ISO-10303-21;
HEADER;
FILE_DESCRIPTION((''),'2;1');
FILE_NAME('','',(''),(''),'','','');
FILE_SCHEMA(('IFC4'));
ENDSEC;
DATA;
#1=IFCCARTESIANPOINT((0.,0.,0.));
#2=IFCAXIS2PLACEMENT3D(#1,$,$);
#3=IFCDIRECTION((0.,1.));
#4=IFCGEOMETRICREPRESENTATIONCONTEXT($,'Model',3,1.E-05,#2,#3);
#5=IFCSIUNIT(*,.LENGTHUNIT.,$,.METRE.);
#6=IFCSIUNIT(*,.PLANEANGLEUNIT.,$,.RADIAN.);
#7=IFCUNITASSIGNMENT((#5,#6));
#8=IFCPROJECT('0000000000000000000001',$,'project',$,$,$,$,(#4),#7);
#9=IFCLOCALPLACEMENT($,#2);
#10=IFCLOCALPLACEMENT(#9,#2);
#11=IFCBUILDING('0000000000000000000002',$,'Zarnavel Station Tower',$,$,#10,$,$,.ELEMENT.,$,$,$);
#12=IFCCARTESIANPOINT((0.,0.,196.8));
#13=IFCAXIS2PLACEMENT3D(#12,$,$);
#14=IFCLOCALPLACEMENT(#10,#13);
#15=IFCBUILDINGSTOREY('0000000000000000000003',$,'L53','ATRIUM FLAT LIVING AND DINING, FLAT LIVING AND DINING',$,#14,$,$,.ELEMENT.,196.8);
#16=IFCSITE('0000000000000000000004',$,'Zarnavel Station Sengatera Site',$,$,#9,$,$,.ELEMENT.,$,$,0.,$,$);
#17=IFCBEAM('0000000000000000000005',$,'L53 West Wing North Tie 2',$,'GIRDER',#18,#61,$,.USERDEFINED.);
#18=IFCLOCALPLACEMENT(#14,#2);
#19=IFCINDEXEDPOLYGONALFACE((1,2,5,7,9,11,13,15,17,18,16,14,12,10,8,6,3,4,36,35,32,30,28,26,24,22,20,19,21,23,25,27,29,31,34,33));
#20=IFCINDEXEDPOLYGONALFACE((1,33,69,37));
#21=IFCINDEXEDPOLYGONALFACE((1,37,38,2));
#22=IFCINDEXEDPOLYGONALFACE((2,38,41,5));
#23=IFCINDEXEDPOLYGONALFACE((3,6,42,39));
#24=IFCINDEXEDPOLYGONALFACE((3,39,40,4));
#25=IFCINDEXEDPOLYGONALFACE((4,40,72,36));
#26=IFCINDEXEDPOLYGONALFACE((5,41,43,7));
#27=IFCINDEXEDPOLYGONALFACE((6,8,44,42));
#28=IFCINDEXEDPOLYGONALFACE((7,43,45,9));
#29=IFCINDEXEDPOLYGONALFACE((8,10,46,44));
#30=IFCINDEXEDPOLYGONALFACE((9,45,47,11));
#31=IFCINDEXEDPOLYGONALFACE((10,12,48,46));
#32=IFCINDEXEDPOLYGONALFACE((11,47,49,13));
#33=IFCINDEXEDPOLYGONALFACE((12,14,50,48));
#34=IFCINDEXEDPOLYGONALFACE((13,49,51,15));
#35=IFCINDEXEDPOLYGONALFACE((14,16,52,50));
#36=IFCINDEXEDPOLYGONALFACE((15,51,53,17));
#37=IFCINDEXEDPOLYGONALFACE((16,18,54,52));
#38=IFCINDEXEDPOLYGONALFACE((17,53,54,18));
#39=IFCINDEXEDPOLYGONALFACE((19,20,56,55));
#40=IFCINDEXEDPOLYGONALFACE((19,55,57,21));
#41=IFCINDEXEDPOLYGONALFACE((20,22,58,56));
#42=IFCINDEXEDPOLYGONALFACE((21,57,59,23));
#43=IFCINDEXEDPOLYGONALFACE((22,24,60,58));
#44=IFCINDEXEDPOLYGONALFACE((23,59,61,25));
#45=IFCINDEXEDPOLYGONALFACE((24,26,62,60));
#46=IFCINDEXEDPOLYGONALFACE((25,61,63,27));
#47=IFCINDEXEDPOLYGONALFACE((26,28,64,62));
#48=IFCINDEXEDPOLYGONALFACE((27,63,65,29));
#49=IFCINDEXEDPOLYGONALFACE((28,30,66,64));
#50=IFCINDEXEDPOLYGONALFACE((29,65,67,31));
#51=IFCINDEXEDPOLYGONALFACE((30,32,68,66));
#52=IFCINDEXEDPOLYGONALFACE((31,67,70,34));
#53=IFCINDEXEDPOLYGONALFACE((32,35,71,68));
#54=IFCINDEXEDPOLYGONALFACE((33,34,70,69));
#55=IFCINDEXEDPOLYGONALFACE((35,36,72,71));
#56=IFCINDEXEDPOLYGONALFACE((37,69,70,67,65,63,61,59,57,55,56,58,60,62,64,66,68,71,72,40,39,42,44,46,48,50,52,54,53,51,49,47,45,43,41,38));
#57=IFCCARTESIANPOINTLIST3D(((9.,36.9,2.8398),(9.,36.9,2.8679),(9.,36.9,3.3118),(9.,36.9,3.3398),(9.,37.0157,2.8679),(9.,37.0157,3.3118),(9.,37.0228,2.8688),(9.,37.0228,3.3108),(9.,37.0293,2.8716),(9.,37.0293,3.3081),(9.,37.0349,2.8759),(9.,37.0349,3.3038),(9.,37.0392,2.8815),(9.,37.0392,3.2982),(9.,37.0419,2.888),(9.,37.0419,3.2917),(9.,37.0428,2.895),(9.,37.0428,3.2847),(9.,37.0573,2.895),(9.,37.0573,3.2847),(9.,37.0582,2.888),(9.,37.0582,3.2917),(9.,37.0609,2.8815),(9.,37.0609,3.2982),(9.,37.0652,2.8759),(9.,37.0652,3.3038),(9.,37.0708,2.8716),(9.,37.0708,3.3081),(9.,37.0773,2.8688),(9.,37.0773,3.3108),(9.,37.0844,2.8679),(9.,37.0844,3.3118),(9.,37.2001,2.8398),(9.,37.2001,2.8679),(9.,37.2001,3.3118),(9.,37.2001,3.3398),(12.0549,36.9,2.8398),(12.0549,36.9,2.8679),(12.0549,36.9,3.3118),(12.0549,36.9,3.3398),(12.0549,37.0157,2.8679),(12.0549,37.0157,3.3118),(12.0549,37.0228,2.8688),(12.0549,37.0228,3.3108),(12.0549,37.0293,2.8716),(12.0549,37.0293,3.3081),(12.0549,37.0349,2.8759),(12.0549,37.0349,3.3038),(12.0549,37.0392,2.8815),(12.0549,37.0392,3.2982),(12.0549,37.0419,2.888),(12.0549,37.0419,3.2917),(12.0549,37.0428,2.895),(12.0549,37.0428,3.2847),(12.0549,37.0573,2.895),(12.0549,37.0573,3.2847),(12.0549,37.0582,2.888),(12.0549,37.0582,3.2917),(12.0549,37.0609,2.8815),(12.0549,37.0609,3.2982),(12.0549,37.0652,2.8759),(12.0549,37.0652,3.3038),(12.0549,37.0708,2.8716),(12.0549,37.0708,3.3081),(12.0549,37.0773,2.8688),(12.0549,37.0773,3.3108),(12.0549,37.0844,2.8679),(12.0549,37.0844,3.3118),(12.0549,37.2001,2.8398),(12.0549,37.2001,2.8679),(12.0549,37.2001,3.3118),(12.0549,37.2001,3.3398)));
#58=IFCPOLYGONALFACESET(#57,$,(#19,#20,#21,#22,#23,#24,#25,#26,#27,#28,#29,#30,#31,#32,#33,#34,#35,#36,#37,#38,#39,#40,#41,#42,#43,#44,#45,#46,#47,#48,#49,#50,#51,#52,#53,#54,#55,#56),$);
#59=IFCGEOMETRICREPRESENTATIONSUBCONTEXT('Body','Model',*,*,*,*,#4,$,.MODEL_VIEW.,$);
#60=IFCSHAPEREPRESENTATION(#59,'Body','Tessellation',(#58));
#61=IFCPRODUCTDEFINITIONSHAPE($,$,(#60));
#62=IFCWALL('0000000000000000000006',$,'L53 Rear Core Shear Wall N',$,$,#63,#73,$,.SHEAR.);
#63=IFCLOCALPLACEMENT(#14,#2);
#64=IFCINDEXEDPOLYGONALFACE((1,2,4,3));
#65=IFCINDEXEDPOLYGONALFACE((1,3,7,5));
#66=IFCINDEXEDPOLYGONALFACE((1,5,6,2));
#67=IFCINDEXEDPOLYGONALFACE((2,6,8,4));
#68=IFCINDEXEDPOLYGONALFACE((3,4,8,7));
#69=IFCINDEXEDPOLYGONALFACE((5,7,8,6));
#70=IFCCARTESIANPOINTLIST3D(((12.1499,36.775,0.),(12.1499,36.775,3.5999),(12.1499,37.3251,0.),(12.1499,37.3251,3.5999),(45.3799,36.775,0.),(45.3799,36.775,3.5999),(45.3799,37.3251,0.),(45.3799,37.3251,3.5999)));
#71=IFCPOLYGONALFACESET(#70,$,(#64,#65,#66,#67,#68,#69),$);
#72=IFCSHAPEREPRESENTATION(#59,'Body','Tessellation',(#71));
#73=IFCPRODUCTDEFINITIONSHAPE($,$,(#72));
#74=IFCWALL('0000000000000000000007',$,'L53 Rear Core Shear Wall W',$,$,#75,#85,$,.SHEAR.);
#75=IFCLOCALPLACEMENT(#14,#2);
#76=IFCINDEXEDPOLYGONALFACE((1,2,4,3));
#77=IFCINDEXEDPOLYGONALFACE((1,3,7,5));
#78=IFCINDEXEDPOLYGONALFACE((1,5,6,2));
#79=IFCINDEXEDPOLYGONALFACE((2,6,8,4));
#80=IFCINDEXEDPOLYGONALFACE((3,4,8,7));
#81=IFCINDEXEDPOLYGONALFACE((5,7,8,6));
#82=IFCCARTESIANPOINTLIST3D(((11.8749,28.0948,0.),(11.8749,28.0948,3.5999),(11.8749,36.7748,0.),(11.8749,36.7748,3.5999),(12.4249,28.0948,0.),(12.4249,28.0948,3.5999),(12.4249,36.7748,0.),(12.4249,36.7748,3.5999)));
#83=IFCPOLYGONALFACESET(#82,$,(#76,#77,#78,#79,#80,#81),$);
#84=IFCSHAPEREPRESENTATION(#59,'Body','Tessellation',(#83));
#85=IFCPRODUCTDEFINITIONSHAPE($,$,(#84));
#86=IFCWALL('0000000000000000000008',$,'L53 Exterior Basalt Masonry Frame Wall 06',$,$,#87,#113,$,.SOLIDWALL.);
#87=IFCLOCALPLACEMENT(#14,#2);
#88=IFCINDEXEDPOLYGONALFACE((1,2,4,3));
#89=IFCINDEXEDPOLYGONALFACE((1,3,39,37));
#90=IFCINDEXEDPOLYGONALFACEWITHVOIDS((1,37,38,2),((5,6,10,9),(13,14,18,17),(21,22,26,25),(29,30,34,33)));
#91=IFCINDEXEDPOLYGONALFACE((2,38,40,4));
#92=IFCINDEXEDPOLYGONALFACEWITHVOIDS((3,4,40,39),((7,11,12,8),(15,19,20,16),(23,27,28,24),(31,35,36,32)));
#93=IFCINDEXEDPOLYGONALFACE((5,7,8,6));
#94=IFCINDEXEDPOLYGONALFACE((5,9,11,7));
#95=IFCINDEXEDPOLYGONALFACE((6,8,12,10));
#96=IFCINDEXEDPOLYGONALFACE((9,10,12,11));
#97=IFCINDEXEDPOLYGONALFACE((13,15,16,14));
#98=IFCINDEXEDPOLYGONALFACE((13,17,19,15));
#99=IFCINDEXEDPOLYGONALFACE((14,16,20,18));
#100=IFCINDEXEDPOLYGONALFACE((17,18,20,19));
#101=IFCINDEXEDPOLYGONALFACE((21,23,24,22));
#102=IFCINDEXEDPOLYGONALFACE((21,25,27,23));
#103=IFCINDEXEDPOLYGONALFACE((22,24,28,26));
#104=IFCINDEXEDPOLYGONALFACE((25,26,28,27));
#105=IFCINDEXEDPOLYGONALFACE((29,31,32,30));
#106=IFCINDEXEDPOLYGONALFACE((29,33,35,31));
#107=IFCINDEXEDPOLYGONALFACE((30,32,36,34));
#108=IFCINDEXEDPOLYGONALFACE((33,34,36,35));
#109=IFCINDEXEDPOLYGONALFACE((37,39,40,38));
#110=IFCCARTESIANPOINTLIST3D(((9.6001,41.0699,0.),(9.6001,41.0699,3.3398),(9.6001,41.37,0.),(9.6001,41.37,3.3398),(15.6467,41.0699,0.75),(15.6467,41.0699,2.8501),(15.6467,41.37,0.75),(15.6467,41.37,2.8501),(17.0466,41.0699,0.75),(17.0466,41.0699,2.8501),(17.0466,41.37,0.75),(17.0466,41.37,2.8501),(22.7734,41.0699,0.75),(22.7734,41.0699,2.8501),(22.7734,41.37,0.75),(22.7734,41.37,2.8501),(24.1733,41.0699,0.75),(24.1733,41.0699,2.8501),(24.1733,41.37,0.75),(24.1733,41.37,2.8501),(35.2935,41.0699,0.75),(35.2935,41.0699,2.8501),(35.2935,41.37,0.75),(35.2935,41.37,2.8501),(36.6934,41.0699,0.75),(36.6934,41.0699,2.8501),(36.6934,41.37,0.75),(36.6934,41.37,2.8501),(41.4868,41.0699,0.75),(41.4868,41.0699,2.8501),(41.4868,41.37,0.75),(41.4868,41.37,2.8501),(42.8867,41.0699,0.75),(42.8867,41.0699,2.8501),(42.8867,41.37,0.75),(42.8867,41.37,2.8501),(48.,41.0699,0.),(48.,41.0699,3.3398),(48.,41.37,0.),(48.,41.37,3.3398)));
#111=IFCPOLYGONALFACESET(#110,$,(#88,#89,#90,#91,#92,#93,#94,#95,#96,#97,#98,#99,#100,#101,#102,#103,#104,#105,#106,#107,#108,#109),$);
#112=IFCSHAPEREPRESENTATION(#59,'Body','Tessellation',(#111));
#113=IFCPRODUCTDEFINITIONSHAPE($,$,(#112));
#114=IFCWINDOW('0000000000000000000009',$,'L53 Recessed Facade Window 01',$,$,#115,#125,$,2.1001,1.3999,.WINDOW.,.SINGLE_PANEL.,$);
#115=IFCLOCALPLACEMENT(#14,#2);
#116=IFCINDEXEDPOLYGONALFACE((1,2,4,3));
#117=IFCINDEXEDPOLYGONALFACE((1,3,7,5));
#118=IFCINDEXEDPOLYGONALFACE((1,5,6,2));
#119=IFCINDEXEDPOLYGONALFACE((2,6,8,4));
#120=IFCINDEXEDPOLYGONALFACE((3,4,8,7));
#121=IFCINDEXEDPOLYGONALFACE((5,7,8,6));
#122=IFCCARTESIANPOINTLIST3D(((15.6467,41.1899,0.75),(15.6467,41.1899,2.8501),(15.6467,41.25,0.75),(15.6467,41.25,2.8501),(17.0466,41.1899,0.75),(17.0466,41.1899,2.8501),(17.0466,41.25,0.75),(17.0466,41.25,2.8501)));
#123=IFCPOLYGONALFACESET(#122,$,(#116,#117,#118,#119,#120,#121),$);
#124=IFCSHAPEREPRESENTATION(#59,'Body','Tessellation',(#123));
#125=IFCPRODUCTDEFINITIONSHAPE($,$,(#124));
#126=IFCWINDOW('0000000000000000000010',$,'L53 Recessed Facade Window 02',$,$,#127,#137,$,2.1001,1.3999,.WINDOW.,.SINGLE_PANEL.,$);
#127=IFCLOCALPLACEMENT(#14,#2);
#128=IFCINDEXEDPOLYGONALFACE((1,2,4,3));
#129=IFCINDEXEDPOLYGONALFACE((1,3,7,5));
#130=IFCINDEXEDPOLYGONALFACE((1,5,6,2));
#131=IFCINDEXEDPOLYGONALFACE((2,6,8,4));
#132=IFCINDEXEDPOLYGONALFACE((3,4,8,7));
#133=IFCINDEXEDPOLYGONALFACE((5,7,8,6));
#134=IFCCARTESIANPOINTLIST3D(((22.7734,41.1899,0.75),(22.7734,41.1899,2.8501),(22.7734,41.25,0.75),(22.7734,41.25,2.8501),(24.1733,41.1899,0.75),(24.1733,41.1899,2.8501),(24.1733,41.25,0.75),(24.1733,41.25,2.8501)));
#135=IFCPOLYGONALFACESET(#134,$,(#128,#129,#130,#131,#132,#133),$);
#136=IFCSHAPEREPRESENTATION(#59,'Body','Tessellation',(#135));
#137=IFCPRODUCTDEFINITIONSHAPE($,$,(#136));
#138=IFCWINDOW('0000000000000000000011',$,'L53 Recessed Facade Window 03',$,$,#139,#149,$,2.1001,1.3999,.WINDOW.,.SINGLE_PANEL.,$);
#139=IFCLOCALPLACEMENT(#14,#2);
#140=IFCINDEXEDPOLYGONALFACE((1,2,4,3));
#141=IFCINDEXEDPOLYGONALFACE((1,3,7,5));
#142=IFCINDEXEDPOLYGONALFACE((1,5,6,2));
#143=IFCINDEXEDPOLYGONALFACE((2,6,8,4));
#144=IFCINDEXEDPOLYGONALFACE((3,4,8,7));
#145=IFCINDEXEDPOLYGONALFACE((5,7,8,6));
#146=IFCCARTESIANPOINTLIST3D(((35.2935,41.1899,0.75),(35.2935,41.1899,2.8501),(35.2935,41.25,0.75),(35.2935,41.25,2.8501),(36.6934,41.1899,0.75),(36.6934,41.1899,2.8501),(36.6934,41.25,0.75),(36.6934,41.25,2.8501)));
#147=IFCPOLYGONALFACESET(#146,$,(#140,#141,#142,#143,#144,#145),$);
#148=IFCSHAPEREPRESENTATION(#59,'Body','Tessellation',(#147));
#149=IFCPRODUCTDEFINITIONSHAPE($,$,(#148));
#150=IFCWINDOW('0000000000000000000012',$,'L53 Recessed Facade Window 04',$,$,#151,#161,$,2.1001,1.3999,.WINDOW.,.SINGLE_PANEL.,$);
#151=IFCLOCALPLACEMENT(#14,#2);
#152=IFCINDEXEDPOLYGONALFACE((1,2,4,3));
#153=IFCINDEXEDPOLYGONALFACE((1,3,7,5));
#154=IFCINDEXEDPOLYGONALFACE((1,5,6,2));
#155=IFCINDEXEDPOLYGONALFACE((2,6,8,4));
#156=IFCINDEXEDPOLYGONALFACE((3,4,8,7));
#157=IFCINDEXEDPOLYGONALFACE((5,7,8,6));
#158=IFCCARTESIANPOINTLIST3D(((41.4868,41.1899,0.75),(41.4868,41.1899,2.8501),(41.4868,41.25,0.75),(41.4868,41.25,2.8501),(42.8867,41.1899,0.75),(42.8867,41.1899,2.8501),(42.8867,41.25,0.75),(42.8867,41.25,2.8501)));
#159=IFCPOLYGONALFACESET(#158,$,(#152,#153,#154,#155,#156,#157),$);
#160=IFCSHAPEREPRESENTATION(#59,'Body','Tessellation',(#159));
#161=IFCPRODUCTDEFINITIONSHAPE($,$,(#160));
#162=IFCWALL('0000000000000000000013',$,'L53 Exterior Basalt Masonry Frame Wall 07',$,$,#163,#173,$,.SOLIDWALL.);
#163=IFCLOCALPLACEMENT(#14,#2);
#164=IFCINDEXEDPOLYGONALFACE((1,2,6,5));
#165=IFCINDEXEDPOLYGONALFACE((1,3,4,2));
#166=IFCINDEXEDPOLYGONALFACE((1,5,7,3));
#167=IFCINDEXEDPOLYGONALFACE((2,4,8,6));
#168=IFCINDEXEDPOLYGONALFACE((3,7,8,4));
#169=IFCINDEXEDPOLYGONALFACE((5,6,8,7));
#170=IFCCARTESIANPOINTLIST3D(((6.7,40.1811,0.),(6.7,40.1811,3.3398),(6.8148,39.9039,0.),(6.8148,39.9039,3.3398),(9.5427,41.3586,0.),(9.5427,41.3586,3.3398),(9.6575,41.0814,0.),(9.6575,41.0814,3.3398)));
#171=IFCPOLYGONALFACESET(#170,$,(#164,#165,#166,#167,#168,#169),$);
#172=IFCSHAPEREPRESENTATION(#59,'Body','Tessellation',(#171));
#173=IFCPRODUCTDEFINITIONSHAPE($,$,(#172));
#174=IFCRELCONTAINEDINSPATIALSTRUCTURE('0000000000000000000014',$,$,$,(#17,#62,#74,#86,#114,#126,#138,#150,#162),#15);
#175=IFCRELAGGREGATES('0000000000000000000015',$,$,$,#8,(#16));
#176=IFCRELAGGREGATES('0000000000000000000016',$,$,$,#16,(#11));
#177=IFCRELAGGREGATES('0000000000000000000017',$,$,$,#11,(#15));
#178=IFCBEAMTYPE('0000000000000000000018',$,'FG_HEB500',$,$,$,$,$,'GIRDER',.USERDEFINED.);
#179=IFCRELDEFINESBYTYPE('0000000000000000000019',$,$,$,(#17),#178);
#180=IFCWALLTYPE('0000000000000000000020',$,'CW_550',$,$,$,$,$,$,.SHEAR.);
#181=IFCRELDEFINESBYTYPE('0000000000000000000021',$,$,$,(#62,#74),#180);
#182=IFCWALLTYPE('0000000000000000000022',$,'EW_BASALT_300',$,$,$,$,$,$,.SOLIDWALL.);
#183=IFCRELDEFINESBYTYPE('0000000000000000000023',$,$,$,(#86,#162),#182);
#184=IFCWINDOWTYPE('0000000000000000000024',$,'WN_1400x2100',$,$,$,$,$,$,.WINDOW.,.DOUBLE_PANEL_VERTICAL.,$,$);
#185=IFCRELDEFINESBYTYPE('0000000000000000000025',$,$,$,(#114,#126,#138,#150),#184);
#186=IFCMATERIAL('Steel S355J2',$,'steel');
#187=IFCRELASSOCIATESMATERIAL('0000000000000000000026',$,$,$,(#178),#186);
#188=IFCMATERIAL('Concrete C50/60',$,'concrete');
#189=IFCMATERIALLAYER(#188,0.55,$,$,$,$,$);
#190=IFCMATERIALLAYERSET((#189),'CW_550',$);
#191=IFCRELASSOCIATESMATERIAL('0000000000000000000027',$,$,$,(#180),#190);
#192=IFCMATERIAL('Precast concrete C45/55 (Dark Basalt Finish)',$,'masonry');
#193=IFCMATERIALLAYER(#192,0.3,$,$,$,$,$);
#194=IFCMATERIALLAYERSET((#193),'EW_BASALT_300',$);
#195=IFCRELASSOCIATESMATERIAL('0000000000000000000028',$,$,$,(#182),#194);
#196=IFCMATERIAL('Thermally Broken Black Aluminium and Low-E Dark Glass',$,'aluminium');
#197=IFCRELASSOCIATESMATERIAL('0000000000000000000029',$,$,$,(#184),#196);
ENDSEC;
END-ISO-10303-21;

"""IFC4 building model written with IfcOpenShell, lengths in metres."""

from ifc_helpers import new_model, si_unit, direction, frame, frame_2d, origin, origin_2d, place, context, subcontext, project, spatial, rectangle, i_section, extrude, material, layer, layer_set, material_profile, profile_set, type_object, element, fill, save


model = new_model("IFC4")

# Units and contexts
model_context = context("Model", 3, precision=1e-05, world=origin(), true_north=direction((0.0, 1.0)))
body_context = subcontext(model_context, "Body", "Model", "MODEL_VIEW")
ifc_project = project(units=[si_unit("LENGTHUNIT", "METRE"), si_unit("PLANEANGLEUNIT", "RADIAN")], contexts=[model_context])

# Site, building, storey
site_placement = place(None, origin())
site = spatial("IfcSite", under=ifc_project, at=site_placement, Name="Zarnavel Station Sengatera Site", CompositionType="ELEMENT", RefElevation=0.0)
building_placement = place(site_placement, origin())
building = spatial("IfcBuilding", under=site, at=building_placement, Name="Zarnavel Station Tower", CompositionType="ELEMENT")
storey_placement = place(building_placement, frame((0.0, 0.0, 196.8)))
storey = spatial("IfcBuildingStorey", under=building, at=storey_placement, Name="L53", Description="ATRIUM FLAT LIVING AND DINING, FLAT LIVING AND DINING", CompositionType="ELEMENT", Elevation=196.8)

# Beam
ifc_material_1 = material(Name="Steel S355J2", Category="steel")
ifc_material_profile_1 = material_profile(ifc_material_1, i_section(OverallWidth=0.3, OverallDepth=0.5, WebThickness=0.0144, FlangeThickness=0.0281, FilletRadius=0.0271, at=origin_2d()), Name="HEB500")
ifc_profile_set_1 = profile_set([ifc_material_profile_1], Name="Steel S355J2")
beam_type = type_object("IfcBeamType", Name="FG_HEB500", ElementType="GIRDER", PredefinedType="USERDEFINED", material=ifc_profile_set_1)
beam_1_placement = place(storey_placement, frame((9.0, 37.05, 3.0898), z_axis=(1.0, 0.0, 0.0), x_axis=(0.0, 1.0, 0.0)))
element("IfcBeam", 1, at=beam_1_placement, inside=storey, type_object=beam_type, Name="L53 West Wing North Tie 2", ObjectType="GIRDER", PredefinedType="USERDEFINED", context=body_context, shape_type="SweptSolid", body=[
    extrude(i_section(OverallWidth=0.3, OverallDepth=0.5, WebThickness=0.0144, FlangeThickness=0.0281, FilletRadius=0.0271, at=origin_2d()), origin(), (0.0, 0.0, 1.0), 3.0549),
])

# Walls
ifc_material_2 = material(Name="Concrete C50/60", Category="concrete")
ifc_layer_1 = layer(ifc_material_2, 0.55)
ifc_layer_set_1 = layer_set([ifc_layer_1], Name="CW_550")
wall_type_1 = type_object("IfcWallType", Name="CW_550", PredefinedType="SHEAR", material=ifc_layer_set_1)
wall_1_placement = place(storey_placement, frame((12.1499, 37.05, 0.0), z_axis=(0.0, 0.0, 1.0), x_axis=(1.0, 0.0, 0.0)))
element("IfcWall", 2, at=wall_1_placement, inside=storey, type_object=wall_type_1, Name="L53 Rear Core Shear Wall N", PredefinedType="SHEAR", context=body_context, shape_type="SweptSolid", body=[
    extrude(rectangle(XDim=33.23, YDim=0.55, at=frame_2d((16.615, 0.0))), origin(), (0.0, 0.0, 1.0), 3.5999),
])
wall_2_placement = place(storey_placement, frame((12.1499, 28.095, 0.0), z_axis=(0.0, 0.0, 1.0), x_axis=(0.0, 1.0, 0.0)))
element("IfcWall", 3, at=wall_2_placement, inside=storey, type_object=wall_type_1, Name="L53 Rear Core Shear Wall W", PredefinedType="SHEAR", context=body_context, shape_type="SweptSolid", body=[
    extrude(rectangle(XDim=8.6799, YDim=0.55, at=frame_2d((4.3398, 0.0))), origin(), (0.0, 0.0, 1.0), 3.5999),
])

# Wall, openings, windows
ifc_material_3 = material(Name="Precast concrete C45/55 (Dark Basalt Finish)", Category="masonry")
ifc_layer_2 = layer(ifc_material_3, 0.3)
ifc_layer_set_2 = layer_set([ifc_layer_2], Name="EW_BASALT_300")
wall_type_2 = type_object("IfcWallType", Name="EW_BASALT_300", PredefinedType="SOLIDWALL", material=ifc_layer_set_2)
wall_3_placement = place(storey_placement, frame((9.6001, 41.22, 0.0), z_axis=(0.0, 0.0, 1.0), x_axis=(1.0, 0.0, 0.0)))
wall_3 = element("IfcWall", 4, at=wall_3_placement, inside=storey, type_object=wall_type_2, Name="L53 Exterior Basalt Masonry Frame Wall 06", PredefinedType="SOLIDWALL", context=body_context, shape_type="SweptSolid", body=[
    extrude(rectangle(XDim=38.3999, YDim=0.3, at=frame_2d((19.2, 0.0))), origin(), (0.0, 0.0, 1.0), 3.3398),
])
opening_1_placement = place(wall_3_placement, frame((6.0466, 0.0, 0.75)))
opening_1 = element("IfcOpeningElement", 5, at=opening_1_placement, cuts=wall_3, PredefinedType="OPENING", context=body_context, shape_type="SweptSolid", body=[
    extrude(rectangle(XDim=1.3999, YDim=2.1001, at=frame_2d((0.7, 1.05))), frame((0.0, 0.1599, 0.0), z_axis=(0.0, -1.0, 0.0), x_axis=(1.0, 0.0, 0.0)), (0.0, 0.0, 1.0), 0.3201),
])
opening_2_placement = place(wall_3_placement, frame((13.1733, 0.0, 0.75)))
opening_2 = element("IfcOpeningElement", 6, at=opening_2_placement, cuts=wall_3, PredefinedType="OPENING", context=body_context, shape_type="SweptSolid", body=[
    extrude(rectangle(XDim=1.3999, YDim=2.1001, at=frame_2d((0.7, 1.05))), frame((0.0, 0.1599, 0.0), z_axis=(0.0, -1.0, 0.0), x_axis=(1.0, 0.0, 0.0)), (0.0, 0.0, 1.0), 0.3201),
])
opening_3_placement = place(wall_3_placement, frame((25.6934, 0.0, 0.75)))
opening_3 = element("IfcOpeningElement", 7, at=opening_3_placement, cuts=wall_3, PredefinedType="OPENING", context=body_context, shape_type="SweptSolid", body=[
    extrude(rectangle(XDim=1.3999, YDim=2.1001, at=frame_2d((0.7, 1.05))), frame((0.0, 0.1599, 0.0), z_axis=(0.0, -1.0, 0.0), x_axis=(1.0, 0.0, 0.0)), (0.0, 0.0, 1.0), 0.3201),
])
opening_4_placement = place(wall_3_placement, frame((31.8867, 0.0, 0.75)))
opening_4 = element("IfcOpeningElement", 8, at=opening_4_placement, cuts=wall_3, PredefinedType="OPENING", context=body_context, shape_type="SweptSolid", body=[
    extrude(rectangle(XDim=1.3999, YDim=2.1001, at=frame_2d((0.7, 1.05))), frame((0.0, 0.1599, 0.0), z_axis=(0.0, -1.0, 0.0), x_axis=(1.0, 0.0, 0.0)), (0.0, 0.0, 1.0), 0.3201),
])
ifc_material_4 = material(Name="Thermally Broken Black Aluminium and Low-E Dark Glass", Category="aluminium")
window_type = type_object("IfcWindowType", Name="WN_1400x2100", PartitioningType="DOUBLE_PANEL_VERTICAL", PredefinedType="WINDOW", material=ifc_material_4)
window_1_placement = place(opening_1_placement, origin())
window_1 = element("IfcWindow", 9, at=window_1_placement, inside=storey, type_object=window_type, Name="L53 Recessed Facade Window 01", OverallHeight=2.1001, OverallWidth=1.3999, PartitioningType="SINGLE_PANEL", PredefinedType="WINDOW", context=body_context, shape_type="SweptSolid", body=[
    extrude(rectangle(XDim=1.3999, YDim=2.1001, at=frame_2d((0.7, 1.05))), frame((0.0, 0.03, 0.0), z_axis=(0.0, -1.0, 0.0), x_axis=(1.0, 0.0, 0.0)), (0.0, 0.0, 1.0), 0.0601),
])
fill(opening_1, window_1)
window_2_placement = place(opening_2_placement, origin())
window_2 = element("IfcWindow", 10, at=window_2_placement, inside=storey, type_object=window_type, Name="L53 Recessed Facade Window 02", OverallHeight=2.1001, OverallWidth=1.3999, PartitioningType="SINGLE_PANEL", PredefinedType="WINDOW", context=body_context, shape_type="SweptSolid", body=[
    extrude(rectangle(XDim=1.3999, YDim=2.1001, at=frame_2d((0.7, 1.05))), frame((0.0, 0.03, 0.0), z_axis=(0.0, -1.0, 0.0), x_axis=(1.0, 0.0, 0.0)), (0.0, 0.0, 1.0), 0.0601),
])
fill(opening_2, window_2)
window_3_placement = place(opening_3_placement, origin())
window_3 = element("IfcWindow", 11, at=window_3_placement, inside=storey, type_object=window_type, Name="L53 Recessed Facade Window 03", OverallHeight=2.1001, OverallWidth=1.3999, PartitioningType="SINGLE_PANEL", PredefinedType="WINDOW", context=body_context, shape_type="SweptSolid", body=[
    extrude(rectangle(XDim=1.3999, YDim=2.1001, at=frame_2d((0.7, 1.05))), frame((0.0, 0.03, 0.0), z_axis=(0.0, -1.0, 0.0), x_axis=(1.0, 0.0, 0.0)), (0.0, 0.0, 1.0), 0.0601),
])
fill(opening_3, window_3)
window_4_placement = place(opening_4_placement, origin())
window_4 = element("IfcWindow", 12, at=window_4_placement, inside=storey, type_object=window_type, Name="L53 Recessed Facade Window 04", OverallHeight=2.1001, OverallWidth=1.3999, PartitioningType="SINGLE_PANEL", PredefinedType="WINDOW", context=body_context, shape_type="SweptSolid", body=[
    extrude(rectangle(XDim=1.3999, YDim=2.1001, at=frame_2d((0.7, 1.05))), frame((0.0, 0.03, 0.0), z_axis=(0.0, -1.0, 0.0), x_axis=(1.0, 0.0, 0.0)), (0.0, 0.0, 1.0), 0.0601),
])
fill(opening_4, window_4)

# Wall
wall_4_placement = place(storey_placement, frame((6.7573, 40.0425, 0.0), z_axis=(0.0, 0.0, 1.0), x_axis=(0.923882, 0.382676, 0.0)))
element("IfcWall", 13, at=wall_4_placement, inside=storey, type_object=wall_type_2, Name="L53 Exterior Basalt Masonry Frame Wall 07", PredefinedType="SOLIDWALL", context=body_context, shape_type="SweptSolid", body=[
    extrude(rectangle(XDim=3.0769, YDim=0.3, at=frame_2d((1.5386, 0.0))), origin(), (0.0, 0.0, 1.0), 3.3398),
])

save(model, "model.ifc")
